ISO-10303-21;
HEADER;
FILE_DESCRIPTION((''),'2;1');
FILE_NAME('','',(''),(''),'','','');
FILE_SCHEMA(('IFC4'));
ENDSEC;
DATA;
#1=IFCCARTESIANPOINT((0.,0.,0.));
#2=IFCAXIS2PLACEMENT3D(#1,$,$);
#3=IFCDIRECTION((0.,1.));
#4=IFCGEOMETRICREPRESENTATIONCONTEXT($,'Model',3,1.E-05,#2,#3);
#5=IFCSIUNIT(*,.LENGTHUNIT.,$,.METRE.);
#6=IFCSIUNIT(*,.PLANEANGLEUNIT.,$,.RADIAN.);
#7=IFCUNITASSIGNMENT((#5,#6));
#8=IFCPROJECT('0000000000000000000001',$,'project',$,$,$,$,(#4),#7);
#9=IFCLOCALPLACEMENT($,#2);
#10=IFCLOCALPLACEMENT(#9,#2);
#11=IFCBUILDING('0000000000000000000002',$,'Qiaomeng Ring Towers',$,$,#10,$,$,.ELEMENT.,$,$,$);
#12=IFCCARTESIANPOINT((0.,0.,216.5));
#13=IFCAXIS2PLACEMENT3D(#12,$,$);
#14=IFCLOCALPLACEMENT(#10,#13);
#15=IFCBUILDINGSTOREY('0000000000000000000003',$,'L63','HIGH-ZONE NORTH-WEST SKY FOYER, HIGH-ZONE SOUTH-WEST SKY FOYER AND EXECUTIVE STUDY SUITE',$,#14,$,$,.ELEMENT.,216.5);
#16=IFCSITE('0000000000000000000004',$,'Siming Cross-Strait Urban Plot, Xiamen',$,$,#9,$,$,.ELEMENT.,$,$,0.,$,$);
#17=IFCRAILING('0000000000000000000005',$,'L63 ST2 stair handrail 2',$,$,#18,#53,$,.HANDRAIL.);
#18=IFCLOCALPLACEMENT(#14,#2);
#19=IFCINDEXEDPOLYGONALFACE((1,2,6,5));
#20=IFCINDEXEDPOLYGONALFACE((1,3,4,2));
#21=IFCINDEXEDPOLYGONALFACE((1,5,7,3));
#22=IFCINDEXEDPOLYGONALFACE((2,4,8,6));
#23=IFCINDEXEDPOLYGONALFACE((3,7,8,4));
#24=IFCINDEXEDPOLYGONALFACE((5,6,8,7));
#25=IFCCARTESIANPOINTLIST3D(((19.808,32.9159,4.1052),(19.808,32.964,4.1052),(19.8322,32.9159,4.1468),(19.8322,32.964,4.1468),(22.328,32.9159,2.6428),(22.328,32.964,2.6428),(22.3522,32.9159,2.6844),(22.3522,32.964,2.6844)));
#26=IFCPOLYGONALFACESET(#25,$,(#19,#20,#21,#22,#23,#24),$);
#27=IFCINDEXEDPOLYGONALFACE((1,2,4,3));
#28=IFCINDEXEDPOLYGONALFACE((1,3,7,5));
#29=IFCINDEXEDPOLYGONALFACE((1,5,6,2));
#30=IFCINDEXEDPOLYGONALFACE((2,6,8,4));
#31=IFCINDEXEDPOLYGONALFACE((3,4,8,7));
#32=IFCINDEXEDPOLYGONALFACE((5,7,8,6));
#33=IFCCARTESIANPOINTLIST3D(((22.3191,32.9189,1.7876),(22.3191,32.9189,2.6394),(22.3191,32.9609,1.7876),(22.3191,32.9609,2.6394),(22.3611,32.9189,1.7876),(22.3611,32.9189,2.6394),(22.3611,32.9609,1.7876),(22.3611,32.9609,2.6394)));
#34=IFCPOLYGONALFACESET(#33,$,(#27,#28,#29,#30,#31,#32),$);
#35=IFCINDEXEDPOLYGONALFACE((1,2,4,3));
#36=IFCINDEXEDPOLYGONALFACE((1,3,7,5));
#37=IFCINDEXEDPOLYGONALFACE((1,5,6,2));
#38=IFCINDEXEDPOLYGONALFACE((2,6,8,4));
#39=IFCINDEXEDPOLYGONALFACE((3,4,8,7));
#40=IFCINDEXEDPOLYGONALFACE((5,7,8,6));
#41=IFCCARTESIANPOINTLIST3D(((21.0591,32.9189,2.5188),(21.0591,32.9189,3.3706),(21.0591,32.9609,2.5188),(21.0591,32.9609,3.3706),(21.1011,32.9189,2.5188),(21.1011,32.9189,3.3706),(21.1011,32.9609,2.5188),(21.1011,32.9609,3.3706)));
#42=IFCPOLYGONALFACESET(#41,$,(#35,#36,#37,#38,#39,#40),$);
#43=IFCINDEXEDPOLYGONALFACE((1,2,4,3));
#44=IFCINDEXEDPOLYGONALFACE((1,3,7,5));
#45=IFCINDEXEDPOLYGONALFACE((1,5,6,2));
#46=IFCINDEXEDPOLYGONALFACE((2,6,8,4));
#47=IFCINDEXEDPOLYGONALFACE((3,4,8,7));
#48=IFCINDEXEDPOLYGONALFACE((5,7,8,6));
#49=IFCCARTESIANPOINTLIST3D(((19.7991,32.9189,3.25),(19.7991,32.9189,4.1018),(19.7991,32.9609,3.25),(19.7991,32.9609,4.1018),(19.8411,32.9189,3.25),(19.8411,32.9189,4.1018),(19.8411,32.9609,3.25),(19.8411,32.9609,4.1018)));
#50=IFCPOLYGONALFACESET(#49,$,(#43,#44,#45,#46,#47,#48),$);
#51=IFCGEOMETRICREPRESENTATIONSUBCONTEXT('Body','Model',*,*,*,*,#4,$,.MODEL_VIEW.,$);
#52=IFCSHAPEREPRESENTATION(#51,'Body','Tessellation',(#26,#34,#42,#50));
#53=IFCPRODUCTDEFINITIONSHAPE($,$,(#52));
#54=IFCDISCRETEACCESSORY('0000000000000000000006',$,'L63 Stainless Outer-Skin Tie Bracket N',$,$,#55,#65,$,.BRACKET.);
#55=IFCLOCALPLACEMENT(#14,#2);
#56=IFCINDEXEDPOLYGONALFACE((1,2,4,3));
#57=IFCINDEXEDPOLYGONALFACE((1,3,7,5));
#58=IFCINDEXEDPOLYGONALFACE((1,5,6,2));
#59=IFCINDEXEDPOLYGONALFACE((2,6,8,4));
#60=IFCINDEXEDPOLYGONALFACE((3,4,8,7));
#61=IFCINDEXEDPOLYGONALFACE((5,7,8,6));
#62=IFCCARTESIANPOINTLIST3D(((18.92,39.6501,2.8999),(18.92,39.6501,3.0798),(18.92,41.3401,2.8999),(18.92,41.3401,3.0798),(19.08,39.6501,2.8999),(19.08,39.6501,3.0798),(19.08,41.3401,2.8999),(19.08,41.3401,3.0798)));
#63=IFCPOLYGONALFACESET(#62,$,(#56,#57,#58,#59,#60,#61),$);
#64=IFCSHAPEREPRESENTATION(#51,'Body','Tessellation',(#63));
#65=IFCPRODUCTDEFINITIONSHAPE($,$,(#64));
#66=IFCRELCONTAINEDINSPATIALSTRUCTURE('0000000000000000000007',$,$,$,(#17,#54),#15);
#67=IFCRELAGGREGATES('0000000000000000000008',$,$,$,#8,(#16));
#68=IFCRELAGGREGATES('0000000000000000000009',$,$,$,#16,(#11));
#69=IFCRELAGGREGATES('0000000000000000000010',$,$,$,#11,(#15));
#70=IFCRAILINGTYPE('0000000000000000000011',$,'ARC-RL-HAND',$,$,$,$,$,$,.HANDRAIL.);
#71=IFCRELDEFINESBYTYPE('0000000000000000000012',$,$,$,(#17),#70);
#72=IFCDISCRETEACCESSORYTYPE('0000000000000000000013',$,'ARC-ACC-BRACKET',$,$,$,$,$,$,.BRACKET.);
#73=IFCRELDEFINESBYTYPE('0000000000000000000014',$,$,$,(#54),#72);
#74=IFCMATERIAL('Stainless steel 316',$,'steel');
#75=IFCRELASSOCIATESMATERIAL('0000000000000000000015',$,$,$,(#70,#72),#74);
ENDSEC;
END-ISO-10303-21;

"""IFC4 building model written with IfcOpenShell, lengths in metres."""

from ifc_helpers import new_model, si_unit, direction, frame, origin, origin_2d, place, context, subcontext, project, spatial, rectangle, extrude, source, transform, mapped, material, type_object, element, save


model = new_model("IFC4")

# Units and contexts
model_context = context("Model", 3, precision=1e-05, world=origin(), true_north=direction((0.0, 1.0)))
body_context = subcontext(model_context, "Body", "Model", "MODEL_VIEW")
ifc_project = project(units=[si_unit("LENGTHUNIT", "METRE"), si_unit("PLANEANGLEUNIT", "RADIAN")], contexts=[model_context])

# Site, building, storey
site_placement = place(None, origin())
site = spatial("IfcSite", under=ifc_project, at=site_placement, Name="Siming Cross-Strait Urban Plot, Xiamen", CompositionType="ELEMENT", RefElevation=0.0)
building_placement = place(site_placement, origin())
building = spatial("IfcBuilding", under=site, at=building_placement, Name="Qiaomeng Ring Towers", CompositionType="ELEMENT")
storey_placement = place(building_placement, frame((0.0, 0.0, 216.5)))
storey = spatial("IfcBuildingStorey", under=building, at=storey_placement, Name="L63", Description="HIGH-ZONE NORTH-WEST SKY FOYER, HIGH-ZONE SOUTH-WEST SKY FOYER AND EXECUTIVE STUDY SUITE", CompositionType="ELEMENT", Elevation=216.5)

# Railing
ifc_material_1 = material(Name="Stainless steel 316", Category="steel")
railing_type_1 = type_object("IfcRailingType", Name="ARC-RL-HAND", PredefinedType="HANDRAIL", material=ifc_material_1)
railing_1_placement = place(storey_placement, frame((22.3401, 32.9399, 1.7876)))
element("IfcRailing", 1, at=railing_1_placement, inside=storey, type_object=railing_type_1, Name="L63 ST2 stair handrail 2", PredefinedType="HANDRAIL", context=body_context, shape_type="SweptSolid", body=[
    extrude(rectangle(XDim=0.0481, YDim=0.0481, at=origin_2d()), frame((0.0, 0.0, 0.876), z_axis=(-0.864913, 0.0, 0.501921), x_axis=(0.0, -1.0, 0.0)), (0.0, 0.0, 1.0), 2.9136),
    extrude(rectangle(XDim=0.042, YDim=0.042, at=origin_2d()), origin(), (0.0, 0.0, 1.0), 0.8518),
    extrude(rectangle(XDim=0.042, YDim=0.042, at=origin_2d()), frame((-1.26, 0.0, 0.7312)), (0.0, 0.0, 1.0), 0.8518),
    extrude(rectangle(XDim=0.042, YDim=0.042, at=origin_2d()), frame((-2.52, 0.0, 1.4624)), (0.0, 0.0, 1.0), 0.8518),
])

# Discrete accessory
discrete_accessory_type = type_object("IfcDiscreteAccessoryType", Name="ARC-ACC-BRACKET", PredefinedType="BRACKET", material=ifc_material_1)
shared_shape_1 = source(origin(), body_context, "Body", "SweptSolid", [
    extrude(rectangle(XDim=0.1599, YDim=1.6899, at=origin_2d()), origin(), (0.0, 0.0, 1.0), 0.1799),
])
discrete_accessory_placement = place(storey_placement, frame((19.0, 40.4951, 2.8999), z_axis=(0.0, 0.0, 1.0), x_axis=(1.0, 0.0, 0.0)))
element("IfcDiscreteAccessory", 2, at=discrete_accessory_placement, inside=storey, type_object=discrete_accessory_type, Name="L63 Stainless Outer-Skin Tie Bracket N", PredefinedType="BRACKET", context=body_context, shape_type="MappedRepresentation", body=[
    mapped(shared_shape_1, transform((0.0, 0.0, 0.0), x_axis=(1.0, 0.0, 0.0), y_axis=(0.0, 1.0, 0.0), z_axis=(0.0, 0.0, 1.0), scale=1.0)),
])

save(model, "model.ifc")
